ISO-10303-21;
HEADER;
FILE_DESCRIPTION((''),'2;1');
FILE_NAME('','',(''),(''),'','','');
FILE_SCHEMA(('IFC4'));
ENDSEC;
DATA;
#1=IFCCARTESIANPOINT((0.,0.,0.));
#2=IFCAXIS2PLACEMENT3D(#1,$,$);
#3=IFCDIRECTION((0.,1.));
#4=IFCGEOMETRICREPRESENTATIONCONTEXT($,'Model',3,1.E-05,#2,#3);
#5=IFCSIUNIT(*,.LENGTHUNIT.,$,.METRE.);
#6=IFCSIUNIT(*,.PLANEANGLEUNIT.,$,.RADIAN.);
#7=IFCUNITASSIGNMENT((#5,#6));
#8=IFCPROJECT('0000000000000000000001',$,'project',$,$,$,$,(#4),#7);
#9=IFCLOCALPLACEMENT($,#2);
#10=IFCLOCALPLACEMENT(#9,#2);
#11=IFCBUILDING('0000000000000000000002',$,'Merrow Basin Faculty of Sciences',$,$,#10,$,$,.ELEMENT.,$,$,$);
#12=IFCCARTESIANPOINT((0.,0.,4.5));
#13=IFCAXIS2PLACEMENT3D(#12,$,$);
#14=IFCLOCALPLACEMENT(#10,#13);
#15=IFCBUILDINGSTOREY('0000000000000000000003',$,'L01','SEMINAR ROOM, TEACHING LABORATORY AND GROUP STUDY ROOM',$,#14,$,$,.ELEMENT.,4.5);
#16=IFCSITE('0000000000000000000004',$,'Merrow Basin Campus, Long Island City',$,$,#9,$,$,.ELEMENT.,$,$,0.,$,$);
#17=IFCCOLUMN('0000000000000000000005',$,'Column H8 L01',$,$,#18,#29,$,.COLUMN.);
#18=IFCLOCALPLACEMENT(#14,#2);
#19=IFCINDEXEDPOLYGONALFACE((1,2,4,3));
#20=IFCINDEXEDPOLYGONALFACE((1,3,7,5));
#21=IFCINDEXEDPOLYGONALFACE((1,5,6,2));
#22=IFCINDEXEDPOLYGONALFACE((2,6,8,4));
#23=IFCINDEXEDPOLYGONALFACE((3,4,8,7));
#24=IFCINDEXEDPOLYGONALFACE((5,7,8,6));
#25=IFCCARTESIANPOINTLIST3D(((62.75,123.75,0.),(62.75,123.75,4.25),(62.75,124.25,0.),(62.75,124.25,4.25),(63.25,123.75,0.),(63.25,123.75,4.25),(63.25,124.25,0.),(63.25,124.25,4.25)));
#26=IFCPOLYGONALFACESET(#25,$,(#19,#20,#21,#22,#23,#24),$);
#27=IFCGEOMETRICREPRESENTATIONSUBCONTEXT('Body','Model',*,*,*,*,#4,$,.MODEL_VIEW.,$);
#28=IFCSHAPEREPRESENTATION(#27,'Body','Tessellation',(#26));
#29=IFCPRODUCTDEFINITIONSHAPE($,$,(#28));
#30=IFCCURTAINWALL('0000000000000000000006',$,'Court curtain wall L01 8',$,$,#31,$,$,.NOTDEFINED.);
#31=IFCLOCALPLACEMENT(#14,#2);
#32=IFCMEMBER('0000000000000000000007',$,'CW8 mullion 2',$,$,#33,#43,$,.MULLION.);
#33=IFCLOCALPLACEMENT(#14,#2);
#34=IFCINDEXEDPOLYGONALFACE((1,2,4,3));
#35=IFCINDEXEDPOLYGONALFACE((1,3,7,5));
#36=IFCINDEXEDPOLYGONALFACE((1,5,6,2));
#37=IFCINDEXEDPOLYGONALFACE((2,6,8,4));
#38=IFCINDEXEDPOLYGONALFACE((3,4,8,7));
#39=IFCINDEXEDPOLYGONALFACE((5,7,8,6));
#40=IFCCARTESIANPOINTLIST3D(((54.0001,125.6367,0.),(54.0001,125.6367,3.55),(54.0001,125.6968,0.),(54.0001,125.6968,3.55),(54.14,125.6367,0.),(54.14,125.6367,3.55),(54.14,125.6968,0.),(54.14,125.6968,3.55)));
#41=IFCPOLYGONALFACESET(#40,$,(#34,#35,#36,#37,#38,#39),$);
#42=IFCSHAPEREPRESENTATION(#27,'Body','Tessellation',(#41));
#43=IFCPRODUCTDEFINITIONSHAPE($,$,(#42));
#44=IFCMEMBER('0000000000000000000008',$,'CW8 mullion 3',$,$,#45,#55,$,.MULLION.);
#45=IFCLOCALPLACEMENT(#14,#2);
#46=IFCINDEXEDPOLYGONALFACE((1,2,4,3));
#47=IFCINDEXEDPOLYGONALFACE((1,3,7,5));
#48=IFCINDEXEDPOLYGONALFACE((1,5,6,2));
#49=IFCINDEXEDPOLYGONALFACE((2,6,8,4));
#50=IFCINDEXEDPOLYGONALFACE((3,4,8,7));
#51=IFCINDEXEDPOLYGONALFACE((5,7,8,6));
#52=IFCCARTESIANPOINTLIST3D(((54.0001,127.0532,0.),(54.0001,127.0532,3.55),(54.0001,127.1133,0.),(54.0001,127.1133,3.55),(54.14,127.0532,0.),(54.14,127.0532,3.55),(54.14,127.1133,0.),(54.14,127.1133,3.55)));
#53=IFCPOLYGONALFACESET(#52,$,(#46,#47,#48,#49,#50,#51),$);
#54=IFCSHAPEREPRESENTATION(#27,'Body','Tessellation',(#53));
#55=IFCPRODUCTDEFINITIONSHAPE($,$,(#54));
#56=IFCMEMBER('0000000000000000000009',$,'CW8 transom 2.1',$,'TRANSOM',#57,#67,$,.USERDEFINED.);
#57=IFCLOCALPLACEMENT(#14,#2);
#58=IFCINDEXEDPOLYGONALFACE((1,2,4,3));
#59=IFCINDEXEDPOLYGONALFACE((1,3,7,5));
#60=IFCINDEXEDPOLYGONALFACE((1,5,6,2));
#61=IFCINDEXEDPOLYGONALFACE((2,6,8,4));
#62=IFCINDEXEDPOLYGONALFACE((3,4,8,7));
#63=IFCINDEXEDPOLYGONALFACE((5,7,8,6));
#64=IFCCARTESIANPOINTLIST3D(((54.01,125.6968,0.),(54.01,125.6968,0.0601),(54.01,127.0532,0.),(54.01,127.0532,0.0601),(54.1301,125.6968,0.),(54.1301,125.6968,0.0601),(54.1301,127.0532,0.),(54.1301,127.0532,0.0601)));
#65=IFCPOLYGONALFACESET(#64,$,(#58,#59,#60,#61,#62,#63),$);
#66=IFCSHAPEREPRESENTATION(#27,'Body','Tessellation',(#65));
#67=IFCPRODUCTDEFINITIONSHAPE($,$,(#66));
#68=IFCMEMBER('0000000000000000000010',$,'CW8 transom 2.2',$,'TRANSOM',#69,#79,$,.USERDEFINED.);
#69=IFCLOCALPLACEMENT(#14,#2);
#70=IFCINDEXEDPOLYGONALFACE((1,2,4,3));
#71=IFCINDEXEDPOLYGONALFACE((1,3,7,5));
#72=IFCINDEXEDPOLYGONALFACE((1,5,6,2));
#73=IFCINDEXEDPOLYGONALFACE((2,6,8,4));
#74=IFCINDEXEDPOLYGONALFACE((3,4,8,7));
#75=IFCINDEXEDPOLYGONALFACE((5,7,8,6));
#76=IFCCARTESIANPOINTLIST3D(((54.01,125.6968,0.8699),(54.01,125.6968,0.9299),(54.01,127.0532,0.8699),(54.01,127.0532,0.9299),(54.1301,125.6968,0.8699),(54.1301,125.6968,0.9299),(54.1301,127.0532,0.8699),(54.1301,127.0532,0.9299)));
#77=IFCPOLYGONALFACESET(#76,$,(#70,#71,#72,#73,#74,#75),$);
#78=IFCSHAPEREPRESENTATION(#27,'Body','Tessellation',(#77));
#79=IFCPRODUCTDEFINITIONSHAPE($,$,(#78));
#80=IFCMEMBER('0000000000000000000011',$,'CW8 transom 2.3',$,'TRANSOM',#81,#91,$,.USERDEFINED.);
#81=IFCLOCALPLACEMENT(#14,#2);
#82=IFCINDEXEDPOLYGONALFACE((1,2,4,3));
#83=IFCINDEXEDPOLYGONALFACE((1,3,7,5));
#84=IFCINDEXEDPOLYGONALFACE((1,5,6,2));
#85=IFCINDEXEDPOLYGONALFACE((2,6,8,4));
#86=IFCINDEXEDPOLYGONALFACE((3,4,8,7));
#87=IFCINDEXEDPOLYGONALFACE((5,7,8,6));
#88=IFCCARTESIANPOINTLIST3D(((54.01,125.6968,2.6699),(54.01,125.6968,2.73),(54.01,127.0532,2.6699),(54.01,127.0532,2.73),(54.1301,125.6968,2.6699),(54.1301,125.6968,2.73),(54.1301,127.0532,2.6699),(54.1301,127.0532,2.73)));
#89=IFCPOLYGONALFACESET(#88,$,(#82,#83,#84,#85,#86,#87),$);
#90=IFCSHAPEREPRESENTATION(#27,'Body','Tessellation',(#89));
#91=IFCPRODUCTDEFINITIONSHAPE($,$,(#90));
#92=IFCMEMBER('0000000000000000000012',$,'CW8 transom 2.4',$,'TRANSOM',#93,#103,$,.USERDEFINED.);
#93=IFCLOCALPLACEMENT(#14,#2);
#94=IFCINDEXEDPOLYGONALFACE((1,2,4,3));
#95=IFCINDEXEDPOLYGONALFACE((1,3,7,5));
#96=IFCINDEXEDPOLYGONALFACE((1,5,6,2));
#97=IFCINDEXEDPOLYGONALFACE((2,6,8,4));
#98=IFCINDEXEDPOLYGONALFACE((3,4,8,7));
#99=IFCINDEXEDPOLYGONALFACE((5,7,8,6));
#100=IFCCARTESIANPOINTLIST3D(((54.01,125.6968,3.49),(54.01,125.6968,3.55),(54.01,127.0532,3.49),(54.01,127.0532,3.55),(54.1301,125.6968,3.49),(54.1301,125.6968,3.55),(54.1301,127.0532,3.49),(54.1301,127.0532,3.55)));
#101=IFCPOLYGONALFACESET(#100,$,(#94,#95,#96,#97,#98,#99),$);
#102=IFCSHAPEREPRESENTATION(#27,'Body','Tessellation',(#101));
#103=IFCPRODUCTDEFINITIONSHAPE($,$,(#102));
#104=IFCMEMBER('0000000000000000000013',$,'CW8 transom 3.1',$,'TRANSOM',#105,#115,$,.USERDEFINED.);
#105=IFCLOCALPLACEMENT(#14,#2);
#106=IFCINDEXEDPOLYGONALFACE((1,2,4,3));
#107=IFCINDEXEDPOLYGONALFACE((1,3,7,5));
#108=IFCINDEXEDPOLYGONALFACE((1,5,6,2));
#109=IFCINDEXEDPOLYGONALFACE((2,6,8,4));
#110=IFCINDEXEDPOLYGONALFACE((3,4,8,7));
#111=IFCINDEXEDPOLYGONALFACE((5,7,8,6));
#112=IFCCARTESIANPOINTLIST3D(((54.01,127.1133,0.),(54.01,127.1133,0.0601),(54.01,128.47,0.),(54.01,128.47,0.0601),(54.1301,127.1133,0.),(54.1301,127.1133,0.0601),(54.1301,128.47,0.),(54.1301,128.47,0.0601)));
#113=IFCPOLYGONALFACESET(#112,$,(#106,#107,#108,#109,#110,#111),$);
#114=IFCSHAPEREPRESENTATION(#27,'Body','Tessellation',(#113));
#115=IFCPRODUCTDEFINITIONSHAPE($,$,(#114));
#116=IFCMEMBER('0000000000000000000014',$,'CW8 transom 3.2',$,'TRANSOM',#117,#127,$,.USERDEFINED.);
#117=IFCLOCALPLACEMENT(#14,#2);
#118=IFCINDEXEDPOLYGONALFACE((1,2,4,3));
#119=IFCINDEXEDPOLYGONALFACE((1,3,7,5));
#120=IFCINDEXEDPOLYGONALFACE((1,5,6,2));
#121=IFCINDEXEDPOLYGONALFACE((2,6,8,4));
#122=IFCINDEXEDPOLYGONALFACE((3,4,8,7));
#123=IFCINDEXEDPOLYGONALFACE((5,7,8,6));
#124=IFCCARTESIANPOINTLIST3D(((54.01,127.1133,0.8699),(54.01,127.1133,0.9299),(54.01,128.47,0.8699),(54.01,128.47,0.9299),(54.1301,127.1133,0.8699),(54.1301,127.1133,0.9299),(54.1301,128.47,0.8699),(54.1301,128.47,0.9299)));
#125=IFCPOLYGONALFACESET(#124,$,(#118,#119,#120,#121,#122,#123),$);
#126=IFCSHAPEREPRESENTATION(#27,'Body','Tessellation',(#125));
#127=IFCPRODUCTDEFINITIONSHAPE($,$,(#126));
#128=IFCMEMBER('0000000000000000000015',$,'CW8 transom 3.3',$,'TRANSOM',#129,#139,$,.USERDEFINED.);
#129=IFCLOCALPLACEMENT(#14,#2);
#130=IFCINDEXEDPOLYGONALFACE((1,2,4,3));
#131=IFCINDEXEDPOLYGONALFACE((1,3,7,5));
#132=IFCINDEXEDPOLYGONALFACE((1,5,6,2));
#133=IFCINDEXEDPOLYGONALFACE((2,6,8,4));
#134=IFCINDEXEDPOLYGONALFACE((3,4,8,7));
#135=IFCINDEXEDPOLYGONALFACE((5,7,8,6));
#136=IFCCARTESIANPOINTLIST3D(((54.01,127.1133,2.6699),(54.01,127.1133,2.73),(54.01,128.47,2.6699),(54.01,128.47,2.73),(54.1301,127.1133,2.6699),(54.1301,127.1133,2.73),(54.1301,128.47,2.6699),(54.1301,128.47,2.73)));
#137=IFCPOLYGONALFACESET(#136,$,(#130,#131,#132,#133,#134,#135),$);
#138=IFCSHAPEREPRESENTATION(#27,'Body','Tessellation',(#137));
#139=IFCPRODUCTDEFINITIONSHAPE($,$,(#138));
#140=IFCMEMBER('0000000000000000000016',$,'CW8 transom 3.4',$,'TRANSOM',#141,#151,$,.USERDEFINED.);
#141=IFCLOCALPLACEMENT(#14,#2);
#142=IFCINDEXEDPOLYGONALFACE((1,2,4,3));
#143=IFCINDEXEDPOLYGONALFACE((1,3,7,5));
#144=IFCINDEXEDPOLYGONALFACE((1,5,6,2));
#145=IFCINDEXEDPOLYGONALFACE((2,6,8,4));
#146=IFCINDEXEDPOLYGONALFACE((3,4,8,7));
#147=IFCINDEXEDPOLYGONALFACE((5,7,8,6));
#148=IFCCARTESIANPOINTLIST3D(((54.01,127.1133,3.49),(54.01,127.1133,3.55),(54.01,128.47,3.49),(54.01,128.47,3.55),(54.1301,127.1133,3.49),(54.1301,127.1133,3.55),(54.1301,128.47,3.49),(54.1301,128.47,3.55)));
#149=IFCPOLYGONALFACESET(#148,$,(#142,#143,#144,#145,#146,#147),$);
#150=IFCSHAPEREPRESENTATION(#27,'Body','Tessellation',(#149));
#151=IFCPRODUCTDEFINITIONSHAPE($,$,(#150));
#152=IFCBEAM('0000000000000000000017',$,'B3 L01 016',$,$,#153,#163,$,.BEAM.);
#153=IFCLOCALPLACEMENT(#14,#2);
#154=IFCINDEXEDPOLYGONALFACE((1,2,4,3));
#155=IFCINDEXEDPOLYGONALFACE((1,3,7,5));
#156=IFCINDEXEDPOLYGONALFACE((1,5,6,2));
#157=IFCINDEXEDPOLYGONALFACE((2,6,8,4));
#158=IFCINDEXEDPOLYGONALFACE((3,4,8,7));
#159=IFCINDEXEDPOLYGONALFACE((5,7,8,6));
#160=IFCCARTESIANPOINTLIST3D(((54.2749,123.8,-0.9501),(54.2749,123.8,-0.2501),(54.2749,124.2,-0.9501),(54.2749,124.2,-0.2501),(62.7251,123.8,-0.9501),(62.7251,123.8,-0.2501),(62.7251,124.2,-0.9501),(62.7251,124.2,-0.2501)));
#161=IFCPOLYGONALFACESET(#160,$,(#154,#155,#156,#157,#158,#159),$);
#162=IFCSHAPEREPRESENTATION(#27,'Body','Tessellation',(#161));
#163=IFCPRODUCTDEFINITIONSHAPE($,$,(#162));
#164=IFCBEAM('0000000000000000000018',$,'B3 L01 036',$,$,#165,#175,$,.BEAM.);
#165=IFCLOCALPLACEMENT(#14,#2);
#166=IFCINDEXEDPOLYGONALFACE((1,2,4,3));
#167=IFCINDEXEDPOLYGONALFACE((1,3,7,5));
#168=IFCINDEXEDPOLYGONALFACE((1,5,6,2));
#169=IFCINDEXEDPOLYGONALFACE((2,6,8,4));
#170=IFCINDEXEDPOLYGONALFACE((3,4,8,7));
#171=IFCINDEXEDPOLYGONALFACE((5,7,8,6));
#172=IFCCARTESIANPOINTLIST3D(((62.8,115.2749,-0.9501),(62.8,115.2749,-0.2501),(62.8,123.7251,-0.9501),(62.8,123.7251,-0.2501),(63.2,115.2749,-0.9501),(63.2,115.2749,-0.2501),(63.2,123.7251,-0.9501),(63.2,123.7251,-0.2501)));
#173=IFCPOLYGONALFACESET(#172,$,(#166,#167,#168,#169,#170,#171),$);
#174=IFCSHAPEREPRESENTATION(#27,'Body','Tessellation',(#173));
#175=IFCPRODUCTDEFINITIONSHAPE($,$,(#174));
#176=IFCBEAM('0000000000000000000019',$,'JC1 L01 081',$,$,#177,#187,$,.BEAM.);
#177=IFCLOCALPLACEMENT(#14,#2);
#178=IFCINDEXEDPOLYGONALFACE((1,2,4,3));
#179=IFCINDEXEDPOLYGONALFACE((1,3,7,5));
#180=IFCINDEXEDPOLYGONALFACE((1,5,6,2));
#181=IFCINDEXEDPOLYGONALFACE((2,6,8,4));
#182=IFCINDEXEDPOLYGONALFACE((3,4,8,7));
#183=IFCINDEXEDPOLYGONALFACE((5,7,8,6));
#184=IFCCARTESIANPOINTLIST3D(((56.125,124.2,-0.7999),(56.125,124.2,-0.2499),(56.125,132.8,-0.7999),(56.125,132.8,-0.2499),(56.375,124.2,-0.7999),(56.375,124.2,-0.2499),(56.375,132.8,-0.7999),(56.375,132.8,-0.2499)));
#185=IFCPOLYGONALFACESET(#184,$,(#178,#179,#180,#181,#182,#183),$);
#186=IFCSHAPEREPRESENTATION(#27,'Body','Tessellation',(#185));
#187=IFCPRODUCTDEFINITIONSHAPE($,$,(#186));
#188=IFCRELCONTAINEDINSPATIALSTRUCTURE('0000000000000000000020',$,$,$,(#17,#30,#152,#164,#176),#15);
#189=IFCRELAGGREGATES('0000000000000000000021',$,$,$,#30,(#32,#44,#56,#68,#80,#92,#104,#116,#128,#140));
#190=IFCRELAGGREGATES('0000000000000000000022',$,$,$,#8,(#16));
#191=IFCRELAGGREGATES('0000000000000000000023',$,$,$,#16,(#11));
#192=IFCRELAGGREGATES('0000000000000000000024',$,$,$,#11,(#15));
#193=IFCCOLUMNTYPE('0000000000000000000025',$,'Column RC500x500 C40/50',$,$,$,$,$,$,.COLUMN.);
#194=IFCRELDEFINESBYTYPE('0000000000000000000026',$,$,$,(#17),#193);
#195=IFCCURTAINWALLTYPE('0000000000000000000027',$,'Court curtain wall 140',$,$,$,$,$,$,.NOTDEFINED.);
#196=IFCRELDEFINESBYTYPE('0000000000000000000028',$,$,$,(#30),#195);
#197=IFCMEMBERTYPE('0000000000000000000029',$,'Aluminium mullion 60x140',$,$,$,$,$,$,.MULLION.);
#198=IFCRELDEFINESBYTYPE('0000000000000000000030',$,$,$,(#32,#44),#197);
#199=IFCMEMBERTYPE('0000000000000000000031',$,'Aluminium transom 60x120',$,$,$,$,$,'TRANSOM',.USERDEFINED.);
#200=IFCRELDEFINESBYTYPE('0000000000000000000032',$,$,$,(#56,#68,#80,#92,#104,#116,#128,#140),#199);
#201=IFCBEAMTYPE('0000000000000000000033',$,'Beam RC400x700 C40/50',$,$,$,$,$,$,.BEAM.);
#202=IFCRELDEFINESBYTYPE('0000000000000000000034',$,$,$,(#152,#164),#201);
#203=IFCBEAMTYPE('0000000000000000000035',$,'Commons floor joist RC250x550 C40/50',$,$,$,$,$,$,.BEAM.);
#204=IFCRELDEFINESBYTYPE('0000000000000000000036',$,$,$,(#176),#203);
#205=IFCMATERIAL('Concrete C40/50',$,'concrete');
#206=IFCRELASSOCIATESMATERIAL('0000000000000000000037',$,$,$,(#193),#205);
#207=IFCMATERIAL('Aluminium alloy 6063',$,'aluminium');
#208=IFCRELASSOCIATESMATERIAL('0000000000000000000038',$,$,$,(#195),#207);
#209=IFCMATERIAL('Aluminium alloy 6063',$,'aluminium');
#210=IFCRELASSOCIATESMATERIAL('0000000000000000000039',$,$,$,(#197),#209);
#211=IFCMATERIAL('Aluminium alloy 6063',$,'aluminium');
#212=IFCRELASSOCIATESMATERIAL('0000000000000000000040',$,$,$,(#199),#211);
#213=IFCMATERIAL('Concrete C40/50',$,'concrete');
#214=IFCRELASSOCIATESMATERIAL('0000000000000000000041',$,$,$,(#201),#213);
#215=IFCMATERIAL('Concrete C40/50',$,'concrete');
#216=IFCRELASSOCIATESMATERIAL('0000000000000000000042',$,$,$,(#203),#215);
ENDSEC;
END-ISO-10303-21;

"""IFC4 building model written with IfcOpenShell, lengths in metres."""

from ifc_helpers import new_model, si_unit, direction, frame, origin, origin_2d, place, context, subcontext, project, spatial, rectangle, extrude, material, material_profile, profile_set, type_object, element, aggregate, save


model = new_model("IFC4")

# Units and contexts
model_context = context("Model", 3, precision=1e-05, world=origin(), true_north=direction((0.0, 1.0)))
body_context = subcontext(model_context, "Body", "Model", "MODEL_VIEW")
ifc_project = project(units=[si_unit("LENGTHUNIT", "METRE"), si_unit("PLANEANGLEUNIT", "RADIAN")], contexts=[model_context])

# Site, building, storey
site_placement = place(None, origin())
site = spatial("IfcSite", under=ifc_project, at=site_placement, Name="Merrow Basin Campus, Long Island City", CompositionType="ELEMENT", RefElevation=0.0)
building_placement = place(site_placement, origin())
building = spatial("IfcBuilding", under=site, at=building_placement, Name="Merrow Basin Faculty of Sciences", CompositionType="ELEMENT")
storey_placement = place(building_placement, frame((0.0, 0.0, 4.5)))
storey = spatial("IfcBuildingStorey", under=building, at=storey_placement, Name="L01", Description="SEMINAR ROOM, TEACHING LABORATORY AND GROUP STUDY ROOM", CompositionType="ELEMENT", Elevation=4.5)

# Column
ifc_material_1 = material(Name="Concrete C40/50", Category="concrete")
ifc_material_profile_1 = material_profile(ifc_material_1, rectangle(XDim=0.5, YDim=0.5, at=origin_2d()))
ifc_profile_set_1 = profile_set([ifc_material_profile_1], Name="Concrete C40/50")
column_type = type_object("IfcColumnType", Name="Column RC500x500 C40/50", PredefinedType="COLUMN", material=ifc_profile_set_1)
column_placement = place(storey_placement, frame((63.0, 124.0, 0.0), z_axis=(0.0, 0.0, 1.0), x_axis=(1.0, 0.0, 0.0)))
element("IfcColumn", 1, at=column_placement, inside=storey, type_object=column_type, Name="Column H8 L01", PredefinedType="COLUMN", context=body_context, shape_type="SweptSolid", body=[
    extrude(rectangle(XDim=0.5, YDim=0.5, at=origin_2d()), origin(), (0.0, 0.0, 1.0), 4.25),
])

# Curtain wall, members
ifc_material_2 = material(Name="Aluminium alloy 6063", Category="aluminium")
curtain_wall_type = type_object("IfcCurtainWallType", Name="Court curtain wall 140", PredefinedType="NOTDEFINED", material=ifc_material_2)
curtain_wall_placement = place(storey_placement, origin())
curtain_wall = element("IfcCurtainWall", 2, at=curtain_wall_placement, inside=storey, type_object=curtain_wall_type, Name="Court curtain wall L01 8", PredefinedType="NOTDEFINED")
ifc_material_3 = material(Name="Aluminium alloy 6063", Category="aluminium")
ifc_material_profile_2 = material_profile(ifc_material_3, rectangle(XDim=0.1399, YDim=0.0601, at=origin_2d()))
ifc_profile_set_2 = profile_set([ifc_material_profile_2], Name="Aluminium alloy 6063")
member_type_1 = type_object("IfcMemberType", Name="Aluminium mullion 60x140", PredefinedType="MULLION", material=ifc_profile_set_2)
member_1_placement = place(storey_placement, frame((54.0701, 125.6667, 0.0), z_axis=(0.0, 0.0, 1.0), x_axis=(-1.0, 0.0, 0.0)))
member_1 = element("IfcMember", 3, at=member_1_placement, type_object=member_type_1, Name="CW8 mullion 2", PredefinedType="MULLION", context=body_context, shape_type="SweptSolid", body=[
    extrude(rectangle(XDim=0.1399, YDim=0.0601, at=origin_2d()), origin(), (0.0, 0.0, 1.0), 3.55),
])
member_2_placement = place(storey_placement, frame((54.0701, 127.0833, 0.0), z_axis=(0.0, 0.0, 1.0), x_axis=(-1.0, 0.0, 0.0)))
member_2 = element("IfcMember", 4, at=member_2_placement, type_object=member_type_1, Name="CW8 mullion 3", PredefinedType="MULLION", context=body_context, shape_type="SweptSolid", body=[
    extrude(rectangle(XDim=0.1399, YDim=0.0601, at=origin_2d()), origin(), (0.0, 0.0, 1.0), 3.55),
])
ifc_material_4 = material(Name="Aluminium alloy 6063", Category="aluminium")
ifc_material_profile_3 = material_profile(ifc_material_4, rectangle(XDim=0.1201, YDim=0.0601, at=origin_2d()))
ifc_profile_set_3 = profile_set([ifc_material_profile_3], Name="Aluminium alloy 6063")
member_type_2 = type_object("IfcMemberType", Name="Aluminium transom 60x120", ElementType="TRANSOM", PredefinedType="USERDEFINED", material=ifc_profile_set_3)
member_3_placement = place(storey_placement, frame((54.0701, 125.6968, 0.03), z_axis=(0.0, 1.0, 0.0), x_axis=(-1.0, 0.0, 0.0)))
member_3 = element("IfcMember", 5, at=member_3_placement, type_object=member_type_2, Name="CW8 transom 2.1", ObjectType="TRANSOM", PredefinedType="USERDEFINED", context=body_context, shape_type="SweptSolid", body=[
    extrude(rectangle(XDim=0.1201, YDim=0.0601, at=origin_2d()), origin(), (0.0, 0.0, 1.0), 1.3564),
])
member_4_placement = place(storey_placement, frame((54.0701, 125.6968, 0.8999), z_axis=(0.0, 1.0, 0.0), x_axis=(-1.0, 0.0, 0.0)))
member_4 = element("IfcMember", 6, at=member_4_placement, type_object=member_type_2, Name="CW8 transom 2.2", ObjectType="TRANSOM", PredefinedType="USERDEFINED", context=body_context, shape_type="SweptSolid", body=[
    extrude(rectangle(XDim=0.1201, YDim=0.0601, at=origin_2d()), origin(), (0.0, 0.0, 1.0), 1.3564),
])
member_5_placement = place(storey_placement, frame((54.0701, 125.6968, 2.7), z_axis=(0.0, 1.0, 0.0), x_axis=(-1.0, 0.0, 0.0)))
member_5 = element("IfcMember", 7, at=member_5_placement, type_object=member_type_2, Name="CW8 transom 2.3", ObjectType="TRANSOM", PredefinedType="USERDEFINED", context=body_context, shape_type="SweptSolid", body=[
    extrude(rectangle(XDim=0.1201, YDim=0.0601, at=origin_2d()), origin(), (0.0, 0.0, 1.0), 1.3564),
])
member_6_placement = place(storey_placement, frame((54.0701, 125.6968, 3.52), z_axis=(0.0, 1.0, 0.0), x_axis=(-1.0, 0.0, 0.0)))
member_6 = element("IfcMember", 8, at=member_6_placement, type_object=member_type_2, Name="CW8 transom 2.4", ObjectType="TRANSOM", PredefinedType="USERDEFINED", context=body_context, shape_type="SweptSolid", body=[
    extrude(rectangle(XDim=0.1201, YDim=0.0601, at=origin_2d()), origin(), (0.0, 0.0, 1.0), 1.3564),
])
member_7_placement = place(storey_placement, frame((54.0701, 127.1133, 0.03), z_axis=(0.0, 1.0, 0.0), x_axis=(-1.0, 0.0, 0.0)))
member_7 = element("IfcMember", 9, at=member_7_placement, type_object=member_type_2, Name="CW8 transom 3.1", ObjectType="TRANSOM", PredefinedType="USERDEFINED", context=body_context, shape_type="SweptSolid", body=[
    extrude(rectangle(XDim=0.1201, YDim=0.0601, at=origin_2d()), origin(), (0.0, 0.0, 1.0), 1.3567),
])
member_8_placement = place(storey_placement, frame((54.0701, 127.1133, 0.8999), z_axis=(0.0, 1.0, 0.0), x_axis=(-1.0, 0.0, 0.0)))
member_8 = element("IfcMember", 10, at=member_8_placement, type_object=member_type_2, Name="CW8 transom 3.2", ObjectType="TRANSOM", PredefinedType="USERDEFINED", context=body_context, shape_type="SweptSolid", body=[
    extrude(rectangle(XDim=0.1201, YDim=0.0601, at=origin_2d()), origin(), (0.0, 0.0, 1.0), 1.3567),
])
member_9_placement = place(storey_placement, frame((54.0701, 127.1133, 2.7), z_axis=(0.0, 1.0, 0.0), x_axis=(-1.0, 0.0, 0.0)))
member_9 = element("IfcMember", 11, at=member_9_placement, type_object=member_type_2, Name="CW8 transom 3.3", ObjectType="TRANSOM", PredefinedType="USERDEFINED", context=body_context, shape_type="SweptSolid", body=[
    extrude(rectangle(XDim=0.1201, YDim=0.0601, at=origin_2d()), origin(), (0.0, 0.0, 1.0), 1.3567),
])
member_10_placement = place(storey_placement, frame((54.0701, 127.1133, 3.52), z_axis=(0.0, 1.0, 0.0), x_axis=(-1.0, 0.0, 0.0)))
member_10 = element("IfcMember", 12, at=member_10_placement, type_object=member_type_2, Name="CW8 transom 3.4", ObjectType="TRANSOM", PredefinedType="USERDEFINED", context=body_context, shape_type="SweptSolid", body=[
    extrude(rectangle(XDim=0.1201, YDim=0.0601, at=origin_2d()), origin(), (0.0, 0.0, 1.0), 1.3567),
])

# Beams
ifc_material_5 = material(Name="Concrete C40/50", Category="concrete")
ifc_material_profile_4 = material_profile(ifc_material_5, rectangle(XDim=0.3999, YDim=0.7, at=origin_2d()))
ifc_profile_set_4 = profile_set([ifc_material_profile_4], Name="Concrete C40/50")
beam_type_1 = type_object("IfcBeamType", Name="Beam RC400x700 C40/50", PredefinedType="BEAM", material=ifc_profile_set_4)
for number, where, z_axis, x_axis, name in (
    (13, (54.2749, 124.0, -0.6001), (1.0, 0.0, 0.0), (0.0, 1.0, 0.0), "B3 L01 016"),
    (14, (63.0, 115.2749, -0.6001), (0.0, 1.0, 0.0), (-1.0, 0.0, 0.0), "B3 L01 036"),
):
    element("IfcBeam", number, at=place(storey_placement, frame(where, z_axis=z_axis, x_axis=x_axis)), inside=storey, type_object=beam_type_1, Name=name, PredefinedType="BEAM", context=body_context, shape_type="SweptSolid", body=[
        extrude(rectangle(XDim=0.3999, YDim=0.7, at=origin_2d()), origin(), (0.0, 0.0, 1.0), 8.4502),
    ])
ifc_material_6 = material(Name="Concrete C40/50", Category="concrete")
ifc_material_profile_5 = material_profile(ifc_material_6, rectangle(XDim=0.25, YDim=0.55, at=origin_2d()))
ifc_profile_set_5 = profile_set([ifc_material_profile_5], Name="Concrete C40/50")
beam_type_2 = type_object("IfcBeamType", Name="Commons floor joist RC250x550 C40/50", PredefinedType="BEAM", material=ifc_profile_set_5)
for number, where, z_axis, x_axis, name in (
    (15, (56.25, 124.2, -0.5249), (0.0, 1.0, 0.0), (-1.0, 0.0, 0.0), "JC1 L01 081"),
):
    element("IfcBeam", number, at=place(storey_placement, frame(where, z_axis=z_axis, x_axis=x_axis)), inside=storey, type_object=beam_type_2, Name=name, PredefinedType="BEAM", context=body_context, shape_type="SweptSolid", body=[
        extrude(rectangle(XDim=0.25, YDim=0.55, at=origin_2d()), origin(), (0.0, 0.0, 1.0), 8.6001),
    ])

aggregate(curtain_wall, [member_1, member_2, member_3, member_4, member_5, member_6, member_7, member_8, member_9, member_10])

save(model, "model.ifc")
